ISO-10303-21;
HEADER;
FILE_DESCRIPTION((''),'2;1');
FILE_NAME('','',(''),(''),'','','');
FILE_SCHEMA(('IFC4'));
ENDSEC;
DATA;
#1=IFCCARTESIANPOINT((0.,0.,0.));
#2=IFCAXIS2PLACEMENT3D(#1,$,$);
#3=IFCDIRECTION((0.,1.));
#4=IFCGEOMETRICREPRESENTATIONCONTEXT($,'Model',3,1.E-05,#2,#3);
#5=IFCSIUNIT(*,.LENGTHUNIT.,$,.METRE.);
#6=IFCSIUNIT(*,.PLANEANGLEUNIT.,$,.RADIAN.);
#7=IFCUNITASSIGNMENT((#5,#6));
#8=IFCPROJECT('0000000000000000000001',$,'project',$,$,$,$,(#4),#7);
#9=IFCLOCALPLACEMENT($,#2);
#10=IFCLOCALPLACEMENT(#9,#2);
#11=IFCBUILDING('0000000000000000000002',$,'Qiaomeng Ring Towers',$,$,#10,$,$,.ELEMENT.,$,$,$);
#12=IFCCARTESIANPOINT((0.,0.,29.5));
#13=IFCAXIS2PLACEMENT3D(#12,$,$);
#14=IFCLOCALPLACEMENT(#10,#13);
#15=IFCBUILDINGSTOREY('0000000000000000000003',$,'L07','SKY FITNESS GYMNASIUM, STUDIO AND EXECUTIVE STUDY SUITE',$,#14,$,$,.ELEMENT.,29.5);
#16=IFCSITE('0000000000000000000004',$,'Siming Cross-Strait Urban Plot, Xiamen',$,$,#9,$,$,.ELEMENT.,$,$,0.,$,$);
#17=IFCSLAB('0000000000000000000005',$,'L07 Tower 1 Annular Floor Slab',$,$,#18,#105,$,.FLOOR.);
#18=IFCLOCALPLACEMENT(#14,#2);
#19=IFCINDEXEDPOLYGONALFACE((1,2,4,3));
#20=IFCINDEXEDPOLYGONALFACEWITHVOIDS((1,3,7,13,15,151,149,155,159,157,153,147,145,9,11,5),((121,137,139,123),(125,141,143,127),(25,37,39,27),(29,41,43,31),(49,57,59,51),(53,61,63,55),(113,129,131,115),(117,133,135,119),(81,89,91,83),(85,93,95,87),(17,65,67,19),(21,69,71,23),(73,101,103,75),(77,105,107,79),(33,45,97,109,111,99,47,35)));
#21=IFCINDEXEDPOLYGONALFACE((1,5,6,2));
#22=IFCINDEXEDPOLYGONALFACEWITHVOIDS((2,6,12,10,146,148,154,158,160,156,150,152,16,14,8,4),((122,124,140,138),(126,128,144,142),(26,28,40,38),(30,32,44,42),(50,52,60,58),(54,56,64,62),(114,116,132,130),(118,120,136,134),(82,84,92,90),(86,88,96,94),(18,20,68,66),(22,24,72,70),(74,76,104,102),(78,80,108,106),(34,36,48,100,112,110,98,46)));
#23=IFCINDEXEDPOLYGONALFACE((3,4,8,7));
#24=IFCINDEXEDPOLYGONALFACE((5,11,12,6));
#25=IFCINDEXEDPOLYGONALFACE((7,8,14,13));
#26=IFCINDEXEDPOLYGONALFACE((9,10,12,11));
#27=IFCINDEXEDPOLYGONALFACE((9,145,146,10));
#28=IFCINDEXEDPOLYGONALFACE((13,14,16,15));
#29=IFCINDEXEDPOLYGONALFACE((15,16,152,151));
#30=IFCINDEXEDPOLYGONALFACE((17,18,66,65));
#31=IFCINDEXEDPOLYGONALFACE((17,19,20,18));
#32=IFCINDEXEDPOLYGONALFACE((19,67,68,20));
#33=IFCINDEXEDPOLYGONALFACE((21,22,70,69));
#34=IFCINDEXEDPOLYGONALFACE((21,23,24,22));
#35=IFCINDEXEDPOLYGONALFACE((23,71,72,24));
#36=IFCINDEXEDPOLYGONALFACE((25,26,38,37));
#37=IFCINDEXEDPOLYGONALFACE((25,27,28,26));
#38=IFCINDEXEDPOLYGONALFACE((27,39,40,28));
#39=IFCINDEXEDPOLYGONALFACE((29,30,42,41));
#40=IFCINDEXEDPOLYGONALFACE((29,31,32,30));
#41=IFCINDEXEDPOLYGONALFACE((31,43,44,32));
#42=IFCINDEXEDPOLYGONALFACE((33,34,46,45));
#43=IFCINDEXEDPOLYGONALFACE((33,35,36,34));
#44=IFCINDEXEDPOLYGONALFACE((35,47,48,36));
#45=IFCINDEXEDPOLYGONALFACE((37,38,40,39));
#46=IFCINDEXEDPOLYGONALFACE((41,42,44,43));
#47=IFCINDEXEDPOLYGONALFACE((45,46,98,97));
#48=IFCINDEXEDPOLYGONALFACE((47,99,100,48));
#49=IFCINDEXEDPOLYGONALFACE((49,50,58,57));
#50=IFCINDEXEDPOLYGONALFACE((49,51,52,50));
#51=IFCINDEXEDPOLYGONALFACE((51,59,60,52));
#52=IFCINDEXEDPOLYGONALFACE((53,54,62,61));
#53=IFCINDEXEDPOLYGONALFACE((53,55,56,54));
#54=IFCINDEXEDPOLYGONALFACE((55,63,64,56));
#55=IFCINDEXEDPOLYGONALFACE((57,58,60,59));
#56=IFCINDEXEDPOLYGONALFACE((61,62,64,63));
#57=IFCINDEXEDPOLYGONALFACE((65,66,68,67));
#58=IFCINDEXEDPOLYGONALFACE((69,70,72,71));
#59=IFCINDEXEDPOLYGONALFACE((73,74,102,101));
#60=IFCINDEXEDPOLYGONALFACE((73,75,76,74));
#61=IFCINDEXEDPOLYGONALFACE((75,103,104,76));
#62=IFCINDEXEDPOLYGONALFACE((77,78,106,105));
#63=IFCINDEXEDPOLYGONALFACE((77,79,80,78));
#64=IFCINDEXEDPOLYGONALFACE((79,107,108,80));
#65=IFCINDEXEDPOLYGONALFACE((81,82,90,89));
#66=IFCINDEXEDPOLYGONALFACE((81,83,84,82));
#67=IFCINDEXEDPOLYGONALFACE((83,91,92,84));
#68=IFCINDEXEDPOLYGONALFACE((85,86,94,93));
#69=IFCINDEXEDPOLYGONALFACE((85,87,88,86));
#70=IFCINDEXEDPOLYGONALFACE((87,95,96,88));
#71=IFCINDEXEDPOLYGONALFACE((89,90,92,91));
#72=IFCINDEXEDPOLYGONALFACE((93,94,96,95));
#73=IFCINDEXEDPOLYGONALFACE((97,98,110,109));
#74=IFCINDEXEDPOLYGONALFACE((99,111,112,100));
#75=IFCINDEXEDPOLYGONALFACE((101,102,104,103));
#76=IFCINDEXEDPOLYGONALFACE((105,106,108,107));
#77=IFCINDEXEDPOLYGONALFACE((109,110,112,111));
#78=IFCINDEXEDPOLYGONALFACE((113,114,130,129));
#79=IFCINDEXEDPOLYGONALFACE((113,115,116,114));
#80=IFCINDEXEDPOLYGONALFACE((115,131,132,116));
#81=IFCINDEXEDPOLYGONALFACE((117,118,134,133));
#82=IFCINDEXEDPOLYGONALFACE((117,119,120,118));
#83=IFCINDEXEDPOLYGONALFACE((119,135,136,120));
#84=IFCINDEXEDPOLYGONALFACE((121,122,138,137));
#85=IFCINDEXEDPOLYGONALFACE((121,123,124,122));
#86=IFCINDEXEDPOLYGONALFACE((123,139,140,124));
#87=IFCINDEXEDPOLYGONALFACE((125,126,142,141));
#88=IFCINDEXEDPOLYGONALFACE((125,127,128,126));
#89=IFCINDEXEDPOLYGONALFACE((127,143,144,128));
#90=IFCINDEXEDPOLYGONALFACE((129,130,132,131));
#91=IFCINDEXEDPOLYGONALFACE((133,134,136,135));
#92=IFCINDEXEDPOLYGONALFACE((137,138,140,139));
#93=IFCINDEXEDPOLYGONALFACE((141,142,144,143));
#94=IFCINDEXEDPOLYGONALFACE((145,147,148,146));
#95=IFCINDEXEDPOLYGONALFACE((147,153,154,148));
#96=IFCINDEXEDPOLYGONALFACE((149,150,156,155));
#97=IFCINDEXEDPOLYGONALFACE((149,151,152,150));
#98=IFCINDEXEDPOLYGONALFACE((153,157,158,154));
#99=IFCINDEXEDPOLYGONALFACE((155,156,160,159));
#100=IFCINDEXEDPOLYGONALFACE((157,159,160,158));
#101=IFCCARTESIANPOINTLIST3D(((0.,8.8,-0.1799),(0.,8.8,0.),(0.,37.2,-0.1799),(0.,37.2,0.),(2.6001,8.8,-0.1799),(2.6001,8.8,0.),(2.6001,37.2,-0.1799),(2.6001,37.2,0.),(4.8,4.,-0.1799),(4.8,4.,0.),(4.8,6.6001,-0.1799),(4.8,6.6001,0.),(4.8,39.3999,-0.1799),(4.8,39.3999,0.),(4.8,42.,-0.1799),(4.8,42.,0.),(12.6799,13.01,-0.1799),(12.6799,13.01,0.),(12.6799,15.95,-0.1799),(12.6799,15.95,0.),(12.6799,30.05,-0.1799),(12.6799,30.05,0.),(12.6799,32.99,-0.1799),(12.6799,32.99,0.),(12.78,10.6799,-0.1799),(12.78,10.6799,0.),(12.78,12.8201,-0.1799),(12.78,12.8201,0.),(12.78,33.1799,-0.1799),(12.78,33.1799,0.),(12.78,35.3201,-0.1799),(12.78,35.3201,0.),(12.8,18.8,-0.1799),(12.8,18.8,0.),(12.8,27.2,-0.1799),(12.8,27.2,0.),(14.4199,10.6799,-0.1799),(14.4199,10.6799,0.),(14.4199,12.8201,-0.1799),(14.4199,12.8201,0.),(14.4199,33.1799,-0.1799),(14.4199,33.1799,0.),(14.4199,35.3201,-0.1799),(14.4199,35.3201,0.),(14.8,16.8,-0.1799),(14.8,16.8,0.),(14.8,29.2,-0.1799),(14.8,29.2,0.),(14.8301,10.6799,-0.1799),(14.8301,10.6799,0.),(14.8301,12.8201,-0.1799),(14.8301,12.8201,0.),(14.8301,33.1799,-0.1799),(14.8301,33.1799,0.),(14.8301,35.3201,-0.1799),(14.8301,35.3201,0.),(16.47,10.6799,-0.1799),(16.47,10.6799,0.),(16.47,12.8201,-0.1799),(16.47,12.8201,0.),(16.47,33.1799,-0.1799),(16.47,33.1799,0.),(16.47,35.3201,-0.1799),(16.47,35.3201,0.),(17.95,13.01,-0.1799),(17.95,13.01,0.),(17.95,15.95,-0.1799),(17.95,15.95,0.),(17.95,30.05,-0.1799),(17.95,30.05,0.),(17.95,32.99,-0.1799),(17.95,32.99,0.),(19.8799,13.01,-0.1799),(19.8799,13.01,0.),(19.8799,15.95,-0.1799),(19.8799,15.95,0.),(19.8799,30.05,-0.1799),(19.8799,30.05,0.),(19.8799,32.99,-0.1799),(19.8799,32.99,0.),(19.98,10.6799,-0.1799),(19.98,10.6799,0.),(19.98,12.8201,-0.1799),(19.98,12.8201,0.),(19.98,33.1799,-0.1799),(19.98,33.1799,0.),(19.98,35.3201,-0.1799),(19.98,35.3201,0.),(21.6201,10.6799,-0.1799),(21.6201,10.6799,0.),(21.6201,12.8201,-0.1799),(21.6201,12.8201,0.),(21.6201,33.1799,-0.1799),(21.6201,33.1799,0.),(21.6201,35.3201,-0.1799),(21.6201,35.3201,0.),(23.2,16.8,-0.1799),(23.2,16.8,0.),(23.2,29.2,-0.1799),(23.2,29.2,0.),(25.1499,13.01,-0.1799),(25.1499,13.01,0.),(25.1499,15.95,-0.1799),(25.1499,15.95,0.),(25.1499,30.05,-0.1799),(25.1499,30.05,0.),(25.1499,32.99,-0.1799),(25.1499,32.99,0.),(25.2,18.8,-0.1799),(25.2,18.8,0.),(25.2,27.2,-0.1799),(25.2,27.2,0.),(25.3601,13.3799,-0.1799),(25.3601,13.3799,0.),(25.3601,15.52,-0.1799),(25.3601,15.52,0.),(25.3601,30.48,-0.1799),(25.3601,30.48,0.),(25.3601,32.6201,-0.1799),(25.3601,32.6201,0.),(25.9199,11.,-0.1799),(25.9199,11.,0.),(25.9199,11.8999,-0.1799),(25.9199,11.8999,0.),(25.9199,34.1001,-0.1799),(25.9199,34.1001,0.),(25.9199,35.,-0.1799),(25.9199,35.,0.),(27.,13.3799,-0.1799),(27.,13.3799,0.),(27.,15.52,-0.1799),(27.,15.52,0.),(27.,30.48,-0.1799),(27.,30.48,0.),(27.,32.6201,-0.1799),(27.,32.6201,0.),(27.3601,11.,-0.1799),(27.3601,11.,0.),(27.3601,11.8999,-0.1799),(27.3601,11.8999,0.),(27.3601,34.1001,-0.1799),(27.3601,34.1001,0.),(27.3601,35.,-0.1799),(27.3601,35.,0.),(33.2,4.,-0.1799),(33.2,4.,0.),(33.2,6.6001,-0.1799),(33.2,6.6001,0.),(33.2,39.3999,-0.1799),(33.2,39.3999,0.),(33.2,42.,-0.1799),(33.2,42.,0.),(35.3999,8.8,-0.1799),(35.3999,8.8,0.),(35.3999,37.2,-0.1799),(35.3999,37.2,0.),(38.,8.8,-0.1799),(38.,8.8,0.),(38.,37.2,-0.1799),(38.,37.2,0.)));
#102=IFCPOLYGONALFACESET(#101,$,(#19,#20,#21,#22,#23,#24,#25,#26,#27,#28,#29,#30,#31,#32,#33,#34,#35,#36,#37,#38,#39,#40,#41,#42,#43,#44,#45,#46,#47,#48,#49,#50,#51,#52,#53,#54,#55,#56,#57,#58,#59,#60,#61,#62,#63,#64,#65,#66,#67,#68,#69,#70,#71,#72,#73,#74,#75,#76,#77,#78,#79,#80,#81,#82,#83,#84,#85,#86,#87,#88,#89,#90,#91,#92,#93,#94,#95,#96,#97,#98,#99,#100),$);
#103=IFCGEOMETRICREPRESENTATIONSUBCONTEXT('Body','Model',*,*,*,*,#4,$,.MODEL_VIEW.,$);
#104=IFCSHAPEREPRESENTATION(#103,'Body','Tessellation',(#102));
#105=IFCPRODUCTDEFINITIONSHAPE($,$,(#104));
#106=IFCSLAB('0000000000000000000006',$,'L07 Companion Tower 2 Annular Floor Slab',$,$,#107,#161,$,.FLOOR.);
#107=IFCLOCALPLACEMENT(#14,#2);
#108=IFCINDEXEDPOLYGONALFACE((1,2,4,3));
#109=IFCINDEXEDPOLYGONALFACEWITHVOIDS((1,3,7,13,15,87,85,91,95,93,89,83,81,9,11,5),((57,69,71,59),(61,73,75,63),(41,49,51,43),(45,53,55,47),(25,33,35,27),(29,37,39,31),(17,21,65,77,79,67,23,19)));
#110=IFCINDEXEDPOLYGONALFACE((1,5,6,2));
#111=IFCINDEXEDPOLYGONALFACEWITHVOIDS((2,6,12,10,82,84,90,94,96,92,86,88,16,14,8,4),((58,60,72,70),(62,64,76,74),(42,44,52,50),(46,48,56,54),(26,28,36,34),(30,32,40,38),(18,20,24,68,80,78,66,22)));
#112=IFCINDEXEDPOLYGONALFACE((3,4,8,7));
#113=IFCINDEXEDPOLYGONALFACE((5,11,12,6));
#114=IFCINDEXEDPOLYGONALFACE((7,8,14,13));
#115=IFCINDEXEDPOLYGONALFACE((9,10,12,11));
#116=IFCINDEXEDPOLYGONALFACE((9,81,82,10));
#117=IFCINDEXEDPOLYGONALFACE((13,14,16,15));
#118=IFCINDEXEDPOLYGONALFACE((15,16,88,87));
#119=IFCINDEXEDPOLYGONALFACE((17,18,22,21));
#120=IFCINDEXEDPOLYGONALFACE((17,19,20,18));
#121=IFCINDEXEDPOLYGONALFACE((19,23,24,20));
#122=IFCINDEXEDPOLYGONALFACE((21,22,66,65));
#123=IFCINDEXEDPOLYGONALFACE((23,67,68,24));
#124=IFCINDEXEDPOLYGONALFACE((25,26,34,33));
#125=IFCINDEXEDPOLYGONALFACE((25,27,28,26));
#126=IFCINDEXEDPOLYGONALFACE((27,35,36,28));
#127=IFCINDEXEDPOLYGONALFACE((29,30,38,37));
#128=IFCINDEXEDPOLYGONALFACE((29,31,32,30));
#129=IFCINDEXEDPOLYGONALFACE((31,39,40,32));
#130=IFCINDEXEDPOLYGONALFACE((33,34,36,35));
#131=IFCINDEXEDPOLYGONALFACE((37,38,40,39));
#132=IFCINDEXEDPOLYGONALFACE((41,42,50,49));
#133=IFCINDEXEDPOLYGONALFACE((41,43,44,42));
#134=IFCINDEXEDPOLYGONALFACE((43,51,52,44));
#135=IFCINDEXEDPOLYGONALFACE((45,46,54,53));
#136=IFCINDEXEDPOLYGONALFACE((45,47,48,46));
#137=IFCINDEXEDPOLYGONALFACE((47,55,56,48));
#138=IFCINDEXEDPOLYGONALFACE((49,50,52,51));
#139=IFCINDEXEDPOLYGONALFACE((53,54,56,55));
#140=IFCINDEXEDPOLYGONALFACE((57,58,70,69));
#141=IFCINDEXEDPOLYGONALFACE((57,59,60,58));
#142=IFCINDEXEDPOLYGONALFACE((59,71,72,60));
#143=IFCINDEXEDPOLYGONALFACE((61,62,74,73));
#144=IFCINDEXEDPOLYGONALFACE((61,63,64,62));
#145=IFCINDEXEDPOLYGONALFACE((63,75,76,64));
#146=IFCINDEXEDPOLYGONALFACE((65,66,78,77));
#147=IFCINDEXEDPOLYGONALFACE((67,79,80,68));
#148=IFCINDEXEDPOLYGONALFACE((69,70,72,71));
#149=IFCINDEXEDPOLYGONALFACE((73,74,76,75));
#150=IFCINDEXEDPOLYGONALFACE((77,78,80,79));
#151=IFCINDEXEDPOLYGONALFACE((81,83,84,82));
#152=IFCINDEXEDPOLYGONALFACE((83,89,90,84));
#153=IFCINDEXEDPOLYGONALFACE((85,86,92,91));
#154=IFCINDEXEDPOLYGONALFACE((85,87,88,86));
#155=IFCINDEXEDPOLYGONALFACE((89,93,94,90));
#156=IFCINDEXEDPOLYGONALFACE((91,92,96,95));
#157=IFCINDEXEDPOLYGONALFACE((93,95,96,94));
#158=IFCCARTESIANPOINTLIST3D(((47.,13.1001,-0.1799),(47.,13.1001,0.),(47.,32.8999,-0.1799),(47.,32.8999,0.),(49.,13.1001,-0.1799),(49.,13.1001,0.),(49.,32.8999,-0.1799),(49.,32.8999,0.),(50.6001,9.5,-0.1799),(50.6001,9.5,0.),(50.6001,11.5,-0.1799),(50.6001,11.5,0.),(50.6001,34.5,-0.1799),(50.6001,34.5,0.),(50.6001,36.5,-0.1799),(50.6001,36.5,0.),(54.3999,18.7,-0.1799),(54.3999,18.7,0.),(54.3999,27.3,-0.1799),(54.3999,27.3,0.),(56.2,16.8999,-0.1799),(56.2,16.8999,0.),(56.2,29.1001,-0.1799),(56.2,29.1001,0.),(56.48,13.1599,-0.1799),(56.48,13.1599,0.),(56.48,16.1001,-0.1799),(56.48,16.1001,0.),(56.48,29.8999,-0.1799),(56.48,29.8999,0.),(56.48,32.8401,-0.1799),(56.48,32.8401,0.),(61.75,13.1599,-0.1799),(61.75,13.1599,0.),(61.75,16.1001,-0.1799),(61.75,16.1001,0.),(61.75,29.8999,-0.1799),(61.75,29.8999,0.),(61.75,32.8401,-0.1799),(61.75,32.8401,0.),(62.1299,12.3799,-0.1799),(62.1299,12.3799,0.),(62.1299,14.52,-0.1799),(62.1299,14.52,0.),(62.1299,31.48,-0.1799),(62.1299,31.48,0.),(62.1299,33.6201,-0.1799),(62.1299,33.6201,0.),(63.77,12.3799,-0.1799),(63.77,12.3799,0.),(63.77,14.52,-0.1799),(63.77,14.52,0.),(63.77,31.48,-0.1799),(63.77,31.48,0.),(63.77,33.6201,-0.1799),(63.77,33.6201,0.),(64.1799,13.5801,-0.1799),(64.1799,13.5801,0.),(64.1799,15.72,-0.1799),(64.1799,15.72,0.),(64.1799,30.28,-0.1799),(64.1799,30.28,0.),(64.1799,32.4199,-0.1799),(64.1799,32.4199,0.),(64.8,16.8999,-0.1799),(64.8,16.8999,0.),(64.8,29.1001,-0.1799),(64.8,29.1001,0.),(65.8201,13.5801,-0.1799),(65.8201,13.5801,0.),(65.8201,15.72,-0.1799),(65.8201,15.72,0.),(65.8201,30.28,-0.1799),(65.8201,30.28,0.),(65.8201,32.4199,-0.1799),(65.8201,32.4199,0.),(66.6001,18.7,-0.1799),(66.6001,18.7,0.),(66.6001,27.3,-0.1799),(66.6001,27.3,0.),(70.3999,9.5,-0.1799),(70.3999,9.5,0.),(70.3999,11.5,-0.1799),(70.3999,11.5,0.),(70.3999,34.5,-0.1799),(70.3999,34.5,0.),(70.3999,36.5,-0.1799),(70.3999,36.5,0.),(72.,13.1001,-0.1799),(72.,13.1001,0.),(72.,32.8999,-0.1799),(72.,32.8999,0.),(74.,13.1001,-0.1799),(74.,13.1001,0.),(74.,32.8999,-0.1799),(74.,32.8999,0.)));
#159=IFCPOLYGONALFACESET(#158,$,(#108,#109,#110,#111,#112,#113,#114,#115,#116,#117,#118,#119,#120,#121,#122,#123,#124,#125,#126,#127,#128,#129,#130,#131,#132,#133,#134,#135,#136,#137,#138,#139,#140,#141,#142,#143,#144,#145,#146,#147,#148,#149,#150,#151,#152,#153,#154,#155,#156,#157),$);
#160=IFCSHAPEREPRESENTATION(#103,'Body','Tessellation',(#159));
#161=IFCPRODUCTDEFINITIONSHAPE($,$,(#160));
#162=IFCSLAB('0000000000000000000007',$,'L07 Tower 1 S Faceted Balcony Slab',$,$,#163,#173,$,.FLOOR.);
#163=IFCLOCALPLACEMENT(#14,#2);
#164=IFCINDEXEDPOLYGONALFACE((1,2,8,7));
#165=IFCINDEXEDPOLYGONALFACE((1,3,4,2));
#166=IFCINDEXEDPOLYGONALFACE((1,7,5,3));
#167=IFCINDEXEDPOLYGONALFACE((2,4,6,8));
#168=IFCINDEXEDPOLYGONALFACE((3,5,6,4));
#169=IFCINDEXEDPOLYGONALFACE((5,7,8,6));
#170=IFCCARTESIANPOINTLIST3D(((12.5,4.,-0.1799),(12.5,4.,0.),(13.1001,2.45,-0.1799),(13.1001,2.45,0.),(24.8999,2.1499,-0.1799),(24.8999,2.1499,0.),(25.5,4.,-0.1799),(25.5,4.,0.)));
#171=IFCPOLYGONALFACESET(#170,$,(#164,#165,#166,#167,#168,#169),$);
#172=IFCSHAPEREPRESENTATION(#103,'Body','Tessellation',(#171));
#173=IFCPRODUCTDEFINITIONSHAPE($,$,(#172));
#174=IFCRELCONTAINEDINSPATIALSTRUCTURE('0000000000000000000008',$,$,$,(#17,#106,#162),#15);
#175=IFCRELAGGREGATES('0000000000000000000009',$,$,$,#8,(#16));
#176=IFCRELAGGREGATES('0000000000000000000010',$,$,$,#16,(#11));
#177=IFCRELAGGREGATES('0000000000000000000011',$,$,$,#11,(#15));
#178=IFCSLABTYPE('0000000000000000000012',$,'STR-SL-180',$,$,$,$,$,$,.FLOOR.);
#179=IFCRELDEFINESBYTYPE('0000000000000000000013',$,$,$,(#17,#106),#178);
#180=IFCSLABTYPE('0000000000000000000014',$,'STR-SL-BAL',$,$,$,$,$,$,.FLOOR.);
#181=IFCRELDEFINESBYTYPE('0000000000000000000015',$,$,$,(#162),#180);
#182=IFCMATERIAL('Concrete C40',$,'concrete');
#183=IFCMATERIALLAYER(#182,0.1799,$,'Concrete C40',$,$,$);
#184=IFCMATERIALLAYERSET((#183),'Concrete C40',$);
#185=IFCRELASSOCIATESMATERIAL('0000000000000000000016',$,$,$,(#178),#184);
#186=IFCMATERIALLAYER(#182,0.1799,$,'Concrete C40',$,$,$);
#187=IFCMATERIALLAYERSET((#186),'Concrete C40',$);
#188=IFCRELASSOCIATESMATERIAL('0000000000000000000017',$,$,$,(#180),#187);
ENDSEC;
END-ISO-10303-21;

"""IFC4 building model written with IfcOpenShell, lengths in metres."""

from ifc_helpers import new_model, si_unit, direction, frame, origin, place, context, subcontext, project, spatial, polyline, outline, extrude, material, layer, layer_set, type_object, element, save


model = new_model("IFC4")

# Units and contexts
model_context = context("Model", 3, precision=1e-05, world=origin(), true_north=direction((0.0, 1.0)))
body_context = subcontext(model_context, "Body", "Model", "MODEL_VIEW")
ifc_project = project(units=[si_unit("LENGTHUNIT", "METRE"), si_unit("PLANEANGLEUNIT", "RADIAN")], contexts=[model_context])

# Site, building, storey
site_placement = place(None, origin())
site = spatial("IfcSite", under=ifc_project, at=site_placement, Name="Siming Cross-Strait Urban Plot, Xiamen", CompositionType="ELEMENT", RefElevation=0.0)
building_placement = place(site_placement, origin())
building = spatial("IfcBuilding", under=site, at=building_placement, Name="Qiaomeng Ring Towers", CompositionType="ELEMENT")
storey_placement = place(building_placement, frame((0.0, 0.0, 29.5)))
storey = spatial("IfcBuildingStorey", under=building, at=storey_placement, Name="L07", Description="SKY FITNESS GYMNASIUM, STUDIO AND EXECUTIVE STUDY SUITE", CompositionType="ELEMENT", Elevation=29.5)

# Slabs
ifc_material_1 = material(Name="Concrete C40", Category="concrete")
ifc_layer_1 = layer(ifc_material_1, 0.1799, Name="Concrete C40")
ifc_layer_set_1 = layer_set([ifc_layer_1], Name="Concrete C40")
slab_type_1 = type_object("IfcSlabType", Name="STR-SL-180", PredefinedType="FLOOR", material=ifc_layer_set_1)
slab_1_placement = place(storey_placement, frame((0.0, 0.0, -0.1799)))
element("IfcSlab", 1, at=slab_1_placement, inside=storey, type_object=slab_type_1, Name="L07 Tower 1 Annular Floor Slab", PredefinedType="FLOOR", context=body_context, shape_type="SweptSolid", body=[
    extrude(outline(polyline([(4.8, 4.0), (33.2, 4.0), (33.2, 6.6001), (35.3999, 8.8), (38.0, 8.8), (38.0, 37.2), (35.3999, 37.2), (33.2, 39.3999), (33.2, 42.0), (4.8, 42.0), (4.8, 39.3999), (2.6001, 37.2), (0.0, 37.2), (0.0, 8.8), (2.6001, 8.8), (4.8, 6.6001), (4.8, 4.0)]), holes=[polyline([(12.78, 10.6799), (12.78, 12.8201), (14.4199, 12.8201), (14.4199, 10.6799), (12.78, 10.6799)]), polyline([(14.8301, 12.8201), (16.47, 12.8201), (16.47, 10.6799), (14.8301, 10.6799), (14.8301, 12.8201)]), polyline([(12.6799, 15.95), (17.95, 15.95), (17.95, 13.01), (12.6799, 13.01), (12.6799, 15.95)]), polyline([(25.2, 27.2), (25.2, 18.8), (23.2, 16.8), (14.8, 16.8), (12.8, 18.8), (12.8, 27.2), (14.8, 29.2), (23.2, 29.2), (25.2, 27.2)]), polyline([(12.6799, 32.99), (17.95, 32.99), (17.95, 30.05), (12.6799, 30.05), (12.6799, 32.99)]), polyline([(12.78, 35.3201), (14.4199, 35.3201), (14.4199, 33.1799), (12.78, 33.1799), (12.78, 35.3201)]), polyline([(14.8301, 35.3201), (16.47, 35.3201), (16.47, 33.1799), (14.8301, 33.1799), (14.8301, 35.3201)]), polyline([(19.98, 35.3201), (21.6201, 35.3201), (21.6201, 33.1799), (19.98, 33.1799), (19.98, 35.3201)]), polyline([(25.9199, 11.8999), (27.3601, 11.8999), (27.3601, 11.0), (25.9199, 11.0), (25.9199, 11.8999)]), polyline([(19.98, 12.8201), (21.6201, 12.8201), (21.6201, 10.6799), (19.98, 10.6799), (19.98, 12.8201)]), polyline([(25.3601, 15.52), (27.0, 15.52), (27.0, 13.3799), (25.3601, 13.3799), (25.3601, 15.52)]), polyline([(19.8799, 15.95), (25.1499, 15.95), (25.1499, 13.01), (19.8799, 13.01), (19.8799, 15.95)]), polyline([(19.8799, 32.99), (25.1499, 32.99), (25.1499, 30.05), (19.8799, 30.05), (19.8799, 32.99)]), polyline([(25.3601, 32.6201), (27.0, 32.6201), (27.0, 30.48), (25.3601, 30.48), (25.3601, 32.6201)]), polyline([(25.9199, 35.0), (27.3601, 35.0), (27.3601, 34.1001), (25.9199, 34.1001), (25.9199, 35.0)])]), origin(), (0.0, 0.0, 1.0), 0.1799),
])
slab_2_placement = place(storey_placement, frame((0.0, 0.0, -0.1799)))
element("IfcSlab", 2, at=slab_2_placement, inside=storey, type_object=slab_type_1, Name="L07 Companion Tower 2 Annular Floor Slab", PredefinedType="FLOOR", context=body_context, shape_type="SweptSolid", body=[
    extrude(outline(polyline([(50.6001, 9.5), (70.3999, 9.5), (70.3999, 11.5), (72.0, 13.1001), (74.0, 13.1001), (74.0, 32.8999), (72.0, 32.8999), (70.3999, 34.5), (70.3999, 36.5), (50.6001, 36.5), (50.6001, 34.5), (49.0, 32.8999), (47.0, 32.8999), (47.0, 13.1001), (49.0, 13.1001), (50.6001, 11.5), (50.6001, 9.5)]), holes=[polyline([(62.1299, 12.3799), (62.1299, 14.52), (63.77, 14.52), (63.77, 12.3799), (62.1299, 12.3799)]), polyline([(56.48, 13.1599), (56.48, 16.1001), (61.75, 16.1001), (61.75, 13.1599), (56.48, 13.1599)]), polyline([(64.1799, 13.5801), (64.1799, 15.72), (65.8201, 15.72), (65.8201, 13.5801), (64.1799, 13.5801)]), polyline([(64.8, 29.1001), (66.6001, 27.3), (66.6001, 18.7), (64.8, 16.8999), (56.2, 16.8999), (54.3999, 18.7), (54.3999, 27.3), (56.2, 29.1001), (64.8, 29.1001)]), polyline([(64.1799, 30.28), (64.1799, 32.4199), (65.8201, 32.4199), (65.8201, 30.28), (64.1799, 30.28)]), polyline([(56.48, 32.8401), (61.75, 32.8401), (61.75, 29.8999), (56.48, 29.8999), (56.48, 32.8401)]), polyline([(62.1299, 33.6201), (63.77, 33.6201), (63.77, 31.48), (62.1299, 31.48), (62.1299, 33.6201)])]), origin(), (0.0, 0.0, 1.0), 0.1799),
])
ifc_layer_2 = layer(ifc_material_1, 0.1799, Name="Concrete C40")
ifc_layer_set_2 = layer_set([ifc_layer_2], Name="Concrete C40")
slab_type_2 = type_object("IfcSlabType", Name="STR-SL-BAL", PredefinedType="FLOOR", material=ifc_layer_set_2)
slab_3_placement = place(storey_placement, frame((0.0, 0.0, -0.1799)))
element("IfcSlab", 3, at=slab_3_placement, inside=storey, type_object=slab_type_2, Name="L07 Tower 1 S Faceted Balcony Slab", PredefinedType="FLOOR", context=body_context, shape_type="SweptSolid", body=[
    extrude(outline(polyline([(24.8999, 2.1499), (13.1001, 2.45), (12.5, 4.0), (25.5, 4.0), (24.8999, 2.1499)])), origin(), (0.0, 0.0, 1.0), 0.1799),
])

save(model, "model.ifc")
